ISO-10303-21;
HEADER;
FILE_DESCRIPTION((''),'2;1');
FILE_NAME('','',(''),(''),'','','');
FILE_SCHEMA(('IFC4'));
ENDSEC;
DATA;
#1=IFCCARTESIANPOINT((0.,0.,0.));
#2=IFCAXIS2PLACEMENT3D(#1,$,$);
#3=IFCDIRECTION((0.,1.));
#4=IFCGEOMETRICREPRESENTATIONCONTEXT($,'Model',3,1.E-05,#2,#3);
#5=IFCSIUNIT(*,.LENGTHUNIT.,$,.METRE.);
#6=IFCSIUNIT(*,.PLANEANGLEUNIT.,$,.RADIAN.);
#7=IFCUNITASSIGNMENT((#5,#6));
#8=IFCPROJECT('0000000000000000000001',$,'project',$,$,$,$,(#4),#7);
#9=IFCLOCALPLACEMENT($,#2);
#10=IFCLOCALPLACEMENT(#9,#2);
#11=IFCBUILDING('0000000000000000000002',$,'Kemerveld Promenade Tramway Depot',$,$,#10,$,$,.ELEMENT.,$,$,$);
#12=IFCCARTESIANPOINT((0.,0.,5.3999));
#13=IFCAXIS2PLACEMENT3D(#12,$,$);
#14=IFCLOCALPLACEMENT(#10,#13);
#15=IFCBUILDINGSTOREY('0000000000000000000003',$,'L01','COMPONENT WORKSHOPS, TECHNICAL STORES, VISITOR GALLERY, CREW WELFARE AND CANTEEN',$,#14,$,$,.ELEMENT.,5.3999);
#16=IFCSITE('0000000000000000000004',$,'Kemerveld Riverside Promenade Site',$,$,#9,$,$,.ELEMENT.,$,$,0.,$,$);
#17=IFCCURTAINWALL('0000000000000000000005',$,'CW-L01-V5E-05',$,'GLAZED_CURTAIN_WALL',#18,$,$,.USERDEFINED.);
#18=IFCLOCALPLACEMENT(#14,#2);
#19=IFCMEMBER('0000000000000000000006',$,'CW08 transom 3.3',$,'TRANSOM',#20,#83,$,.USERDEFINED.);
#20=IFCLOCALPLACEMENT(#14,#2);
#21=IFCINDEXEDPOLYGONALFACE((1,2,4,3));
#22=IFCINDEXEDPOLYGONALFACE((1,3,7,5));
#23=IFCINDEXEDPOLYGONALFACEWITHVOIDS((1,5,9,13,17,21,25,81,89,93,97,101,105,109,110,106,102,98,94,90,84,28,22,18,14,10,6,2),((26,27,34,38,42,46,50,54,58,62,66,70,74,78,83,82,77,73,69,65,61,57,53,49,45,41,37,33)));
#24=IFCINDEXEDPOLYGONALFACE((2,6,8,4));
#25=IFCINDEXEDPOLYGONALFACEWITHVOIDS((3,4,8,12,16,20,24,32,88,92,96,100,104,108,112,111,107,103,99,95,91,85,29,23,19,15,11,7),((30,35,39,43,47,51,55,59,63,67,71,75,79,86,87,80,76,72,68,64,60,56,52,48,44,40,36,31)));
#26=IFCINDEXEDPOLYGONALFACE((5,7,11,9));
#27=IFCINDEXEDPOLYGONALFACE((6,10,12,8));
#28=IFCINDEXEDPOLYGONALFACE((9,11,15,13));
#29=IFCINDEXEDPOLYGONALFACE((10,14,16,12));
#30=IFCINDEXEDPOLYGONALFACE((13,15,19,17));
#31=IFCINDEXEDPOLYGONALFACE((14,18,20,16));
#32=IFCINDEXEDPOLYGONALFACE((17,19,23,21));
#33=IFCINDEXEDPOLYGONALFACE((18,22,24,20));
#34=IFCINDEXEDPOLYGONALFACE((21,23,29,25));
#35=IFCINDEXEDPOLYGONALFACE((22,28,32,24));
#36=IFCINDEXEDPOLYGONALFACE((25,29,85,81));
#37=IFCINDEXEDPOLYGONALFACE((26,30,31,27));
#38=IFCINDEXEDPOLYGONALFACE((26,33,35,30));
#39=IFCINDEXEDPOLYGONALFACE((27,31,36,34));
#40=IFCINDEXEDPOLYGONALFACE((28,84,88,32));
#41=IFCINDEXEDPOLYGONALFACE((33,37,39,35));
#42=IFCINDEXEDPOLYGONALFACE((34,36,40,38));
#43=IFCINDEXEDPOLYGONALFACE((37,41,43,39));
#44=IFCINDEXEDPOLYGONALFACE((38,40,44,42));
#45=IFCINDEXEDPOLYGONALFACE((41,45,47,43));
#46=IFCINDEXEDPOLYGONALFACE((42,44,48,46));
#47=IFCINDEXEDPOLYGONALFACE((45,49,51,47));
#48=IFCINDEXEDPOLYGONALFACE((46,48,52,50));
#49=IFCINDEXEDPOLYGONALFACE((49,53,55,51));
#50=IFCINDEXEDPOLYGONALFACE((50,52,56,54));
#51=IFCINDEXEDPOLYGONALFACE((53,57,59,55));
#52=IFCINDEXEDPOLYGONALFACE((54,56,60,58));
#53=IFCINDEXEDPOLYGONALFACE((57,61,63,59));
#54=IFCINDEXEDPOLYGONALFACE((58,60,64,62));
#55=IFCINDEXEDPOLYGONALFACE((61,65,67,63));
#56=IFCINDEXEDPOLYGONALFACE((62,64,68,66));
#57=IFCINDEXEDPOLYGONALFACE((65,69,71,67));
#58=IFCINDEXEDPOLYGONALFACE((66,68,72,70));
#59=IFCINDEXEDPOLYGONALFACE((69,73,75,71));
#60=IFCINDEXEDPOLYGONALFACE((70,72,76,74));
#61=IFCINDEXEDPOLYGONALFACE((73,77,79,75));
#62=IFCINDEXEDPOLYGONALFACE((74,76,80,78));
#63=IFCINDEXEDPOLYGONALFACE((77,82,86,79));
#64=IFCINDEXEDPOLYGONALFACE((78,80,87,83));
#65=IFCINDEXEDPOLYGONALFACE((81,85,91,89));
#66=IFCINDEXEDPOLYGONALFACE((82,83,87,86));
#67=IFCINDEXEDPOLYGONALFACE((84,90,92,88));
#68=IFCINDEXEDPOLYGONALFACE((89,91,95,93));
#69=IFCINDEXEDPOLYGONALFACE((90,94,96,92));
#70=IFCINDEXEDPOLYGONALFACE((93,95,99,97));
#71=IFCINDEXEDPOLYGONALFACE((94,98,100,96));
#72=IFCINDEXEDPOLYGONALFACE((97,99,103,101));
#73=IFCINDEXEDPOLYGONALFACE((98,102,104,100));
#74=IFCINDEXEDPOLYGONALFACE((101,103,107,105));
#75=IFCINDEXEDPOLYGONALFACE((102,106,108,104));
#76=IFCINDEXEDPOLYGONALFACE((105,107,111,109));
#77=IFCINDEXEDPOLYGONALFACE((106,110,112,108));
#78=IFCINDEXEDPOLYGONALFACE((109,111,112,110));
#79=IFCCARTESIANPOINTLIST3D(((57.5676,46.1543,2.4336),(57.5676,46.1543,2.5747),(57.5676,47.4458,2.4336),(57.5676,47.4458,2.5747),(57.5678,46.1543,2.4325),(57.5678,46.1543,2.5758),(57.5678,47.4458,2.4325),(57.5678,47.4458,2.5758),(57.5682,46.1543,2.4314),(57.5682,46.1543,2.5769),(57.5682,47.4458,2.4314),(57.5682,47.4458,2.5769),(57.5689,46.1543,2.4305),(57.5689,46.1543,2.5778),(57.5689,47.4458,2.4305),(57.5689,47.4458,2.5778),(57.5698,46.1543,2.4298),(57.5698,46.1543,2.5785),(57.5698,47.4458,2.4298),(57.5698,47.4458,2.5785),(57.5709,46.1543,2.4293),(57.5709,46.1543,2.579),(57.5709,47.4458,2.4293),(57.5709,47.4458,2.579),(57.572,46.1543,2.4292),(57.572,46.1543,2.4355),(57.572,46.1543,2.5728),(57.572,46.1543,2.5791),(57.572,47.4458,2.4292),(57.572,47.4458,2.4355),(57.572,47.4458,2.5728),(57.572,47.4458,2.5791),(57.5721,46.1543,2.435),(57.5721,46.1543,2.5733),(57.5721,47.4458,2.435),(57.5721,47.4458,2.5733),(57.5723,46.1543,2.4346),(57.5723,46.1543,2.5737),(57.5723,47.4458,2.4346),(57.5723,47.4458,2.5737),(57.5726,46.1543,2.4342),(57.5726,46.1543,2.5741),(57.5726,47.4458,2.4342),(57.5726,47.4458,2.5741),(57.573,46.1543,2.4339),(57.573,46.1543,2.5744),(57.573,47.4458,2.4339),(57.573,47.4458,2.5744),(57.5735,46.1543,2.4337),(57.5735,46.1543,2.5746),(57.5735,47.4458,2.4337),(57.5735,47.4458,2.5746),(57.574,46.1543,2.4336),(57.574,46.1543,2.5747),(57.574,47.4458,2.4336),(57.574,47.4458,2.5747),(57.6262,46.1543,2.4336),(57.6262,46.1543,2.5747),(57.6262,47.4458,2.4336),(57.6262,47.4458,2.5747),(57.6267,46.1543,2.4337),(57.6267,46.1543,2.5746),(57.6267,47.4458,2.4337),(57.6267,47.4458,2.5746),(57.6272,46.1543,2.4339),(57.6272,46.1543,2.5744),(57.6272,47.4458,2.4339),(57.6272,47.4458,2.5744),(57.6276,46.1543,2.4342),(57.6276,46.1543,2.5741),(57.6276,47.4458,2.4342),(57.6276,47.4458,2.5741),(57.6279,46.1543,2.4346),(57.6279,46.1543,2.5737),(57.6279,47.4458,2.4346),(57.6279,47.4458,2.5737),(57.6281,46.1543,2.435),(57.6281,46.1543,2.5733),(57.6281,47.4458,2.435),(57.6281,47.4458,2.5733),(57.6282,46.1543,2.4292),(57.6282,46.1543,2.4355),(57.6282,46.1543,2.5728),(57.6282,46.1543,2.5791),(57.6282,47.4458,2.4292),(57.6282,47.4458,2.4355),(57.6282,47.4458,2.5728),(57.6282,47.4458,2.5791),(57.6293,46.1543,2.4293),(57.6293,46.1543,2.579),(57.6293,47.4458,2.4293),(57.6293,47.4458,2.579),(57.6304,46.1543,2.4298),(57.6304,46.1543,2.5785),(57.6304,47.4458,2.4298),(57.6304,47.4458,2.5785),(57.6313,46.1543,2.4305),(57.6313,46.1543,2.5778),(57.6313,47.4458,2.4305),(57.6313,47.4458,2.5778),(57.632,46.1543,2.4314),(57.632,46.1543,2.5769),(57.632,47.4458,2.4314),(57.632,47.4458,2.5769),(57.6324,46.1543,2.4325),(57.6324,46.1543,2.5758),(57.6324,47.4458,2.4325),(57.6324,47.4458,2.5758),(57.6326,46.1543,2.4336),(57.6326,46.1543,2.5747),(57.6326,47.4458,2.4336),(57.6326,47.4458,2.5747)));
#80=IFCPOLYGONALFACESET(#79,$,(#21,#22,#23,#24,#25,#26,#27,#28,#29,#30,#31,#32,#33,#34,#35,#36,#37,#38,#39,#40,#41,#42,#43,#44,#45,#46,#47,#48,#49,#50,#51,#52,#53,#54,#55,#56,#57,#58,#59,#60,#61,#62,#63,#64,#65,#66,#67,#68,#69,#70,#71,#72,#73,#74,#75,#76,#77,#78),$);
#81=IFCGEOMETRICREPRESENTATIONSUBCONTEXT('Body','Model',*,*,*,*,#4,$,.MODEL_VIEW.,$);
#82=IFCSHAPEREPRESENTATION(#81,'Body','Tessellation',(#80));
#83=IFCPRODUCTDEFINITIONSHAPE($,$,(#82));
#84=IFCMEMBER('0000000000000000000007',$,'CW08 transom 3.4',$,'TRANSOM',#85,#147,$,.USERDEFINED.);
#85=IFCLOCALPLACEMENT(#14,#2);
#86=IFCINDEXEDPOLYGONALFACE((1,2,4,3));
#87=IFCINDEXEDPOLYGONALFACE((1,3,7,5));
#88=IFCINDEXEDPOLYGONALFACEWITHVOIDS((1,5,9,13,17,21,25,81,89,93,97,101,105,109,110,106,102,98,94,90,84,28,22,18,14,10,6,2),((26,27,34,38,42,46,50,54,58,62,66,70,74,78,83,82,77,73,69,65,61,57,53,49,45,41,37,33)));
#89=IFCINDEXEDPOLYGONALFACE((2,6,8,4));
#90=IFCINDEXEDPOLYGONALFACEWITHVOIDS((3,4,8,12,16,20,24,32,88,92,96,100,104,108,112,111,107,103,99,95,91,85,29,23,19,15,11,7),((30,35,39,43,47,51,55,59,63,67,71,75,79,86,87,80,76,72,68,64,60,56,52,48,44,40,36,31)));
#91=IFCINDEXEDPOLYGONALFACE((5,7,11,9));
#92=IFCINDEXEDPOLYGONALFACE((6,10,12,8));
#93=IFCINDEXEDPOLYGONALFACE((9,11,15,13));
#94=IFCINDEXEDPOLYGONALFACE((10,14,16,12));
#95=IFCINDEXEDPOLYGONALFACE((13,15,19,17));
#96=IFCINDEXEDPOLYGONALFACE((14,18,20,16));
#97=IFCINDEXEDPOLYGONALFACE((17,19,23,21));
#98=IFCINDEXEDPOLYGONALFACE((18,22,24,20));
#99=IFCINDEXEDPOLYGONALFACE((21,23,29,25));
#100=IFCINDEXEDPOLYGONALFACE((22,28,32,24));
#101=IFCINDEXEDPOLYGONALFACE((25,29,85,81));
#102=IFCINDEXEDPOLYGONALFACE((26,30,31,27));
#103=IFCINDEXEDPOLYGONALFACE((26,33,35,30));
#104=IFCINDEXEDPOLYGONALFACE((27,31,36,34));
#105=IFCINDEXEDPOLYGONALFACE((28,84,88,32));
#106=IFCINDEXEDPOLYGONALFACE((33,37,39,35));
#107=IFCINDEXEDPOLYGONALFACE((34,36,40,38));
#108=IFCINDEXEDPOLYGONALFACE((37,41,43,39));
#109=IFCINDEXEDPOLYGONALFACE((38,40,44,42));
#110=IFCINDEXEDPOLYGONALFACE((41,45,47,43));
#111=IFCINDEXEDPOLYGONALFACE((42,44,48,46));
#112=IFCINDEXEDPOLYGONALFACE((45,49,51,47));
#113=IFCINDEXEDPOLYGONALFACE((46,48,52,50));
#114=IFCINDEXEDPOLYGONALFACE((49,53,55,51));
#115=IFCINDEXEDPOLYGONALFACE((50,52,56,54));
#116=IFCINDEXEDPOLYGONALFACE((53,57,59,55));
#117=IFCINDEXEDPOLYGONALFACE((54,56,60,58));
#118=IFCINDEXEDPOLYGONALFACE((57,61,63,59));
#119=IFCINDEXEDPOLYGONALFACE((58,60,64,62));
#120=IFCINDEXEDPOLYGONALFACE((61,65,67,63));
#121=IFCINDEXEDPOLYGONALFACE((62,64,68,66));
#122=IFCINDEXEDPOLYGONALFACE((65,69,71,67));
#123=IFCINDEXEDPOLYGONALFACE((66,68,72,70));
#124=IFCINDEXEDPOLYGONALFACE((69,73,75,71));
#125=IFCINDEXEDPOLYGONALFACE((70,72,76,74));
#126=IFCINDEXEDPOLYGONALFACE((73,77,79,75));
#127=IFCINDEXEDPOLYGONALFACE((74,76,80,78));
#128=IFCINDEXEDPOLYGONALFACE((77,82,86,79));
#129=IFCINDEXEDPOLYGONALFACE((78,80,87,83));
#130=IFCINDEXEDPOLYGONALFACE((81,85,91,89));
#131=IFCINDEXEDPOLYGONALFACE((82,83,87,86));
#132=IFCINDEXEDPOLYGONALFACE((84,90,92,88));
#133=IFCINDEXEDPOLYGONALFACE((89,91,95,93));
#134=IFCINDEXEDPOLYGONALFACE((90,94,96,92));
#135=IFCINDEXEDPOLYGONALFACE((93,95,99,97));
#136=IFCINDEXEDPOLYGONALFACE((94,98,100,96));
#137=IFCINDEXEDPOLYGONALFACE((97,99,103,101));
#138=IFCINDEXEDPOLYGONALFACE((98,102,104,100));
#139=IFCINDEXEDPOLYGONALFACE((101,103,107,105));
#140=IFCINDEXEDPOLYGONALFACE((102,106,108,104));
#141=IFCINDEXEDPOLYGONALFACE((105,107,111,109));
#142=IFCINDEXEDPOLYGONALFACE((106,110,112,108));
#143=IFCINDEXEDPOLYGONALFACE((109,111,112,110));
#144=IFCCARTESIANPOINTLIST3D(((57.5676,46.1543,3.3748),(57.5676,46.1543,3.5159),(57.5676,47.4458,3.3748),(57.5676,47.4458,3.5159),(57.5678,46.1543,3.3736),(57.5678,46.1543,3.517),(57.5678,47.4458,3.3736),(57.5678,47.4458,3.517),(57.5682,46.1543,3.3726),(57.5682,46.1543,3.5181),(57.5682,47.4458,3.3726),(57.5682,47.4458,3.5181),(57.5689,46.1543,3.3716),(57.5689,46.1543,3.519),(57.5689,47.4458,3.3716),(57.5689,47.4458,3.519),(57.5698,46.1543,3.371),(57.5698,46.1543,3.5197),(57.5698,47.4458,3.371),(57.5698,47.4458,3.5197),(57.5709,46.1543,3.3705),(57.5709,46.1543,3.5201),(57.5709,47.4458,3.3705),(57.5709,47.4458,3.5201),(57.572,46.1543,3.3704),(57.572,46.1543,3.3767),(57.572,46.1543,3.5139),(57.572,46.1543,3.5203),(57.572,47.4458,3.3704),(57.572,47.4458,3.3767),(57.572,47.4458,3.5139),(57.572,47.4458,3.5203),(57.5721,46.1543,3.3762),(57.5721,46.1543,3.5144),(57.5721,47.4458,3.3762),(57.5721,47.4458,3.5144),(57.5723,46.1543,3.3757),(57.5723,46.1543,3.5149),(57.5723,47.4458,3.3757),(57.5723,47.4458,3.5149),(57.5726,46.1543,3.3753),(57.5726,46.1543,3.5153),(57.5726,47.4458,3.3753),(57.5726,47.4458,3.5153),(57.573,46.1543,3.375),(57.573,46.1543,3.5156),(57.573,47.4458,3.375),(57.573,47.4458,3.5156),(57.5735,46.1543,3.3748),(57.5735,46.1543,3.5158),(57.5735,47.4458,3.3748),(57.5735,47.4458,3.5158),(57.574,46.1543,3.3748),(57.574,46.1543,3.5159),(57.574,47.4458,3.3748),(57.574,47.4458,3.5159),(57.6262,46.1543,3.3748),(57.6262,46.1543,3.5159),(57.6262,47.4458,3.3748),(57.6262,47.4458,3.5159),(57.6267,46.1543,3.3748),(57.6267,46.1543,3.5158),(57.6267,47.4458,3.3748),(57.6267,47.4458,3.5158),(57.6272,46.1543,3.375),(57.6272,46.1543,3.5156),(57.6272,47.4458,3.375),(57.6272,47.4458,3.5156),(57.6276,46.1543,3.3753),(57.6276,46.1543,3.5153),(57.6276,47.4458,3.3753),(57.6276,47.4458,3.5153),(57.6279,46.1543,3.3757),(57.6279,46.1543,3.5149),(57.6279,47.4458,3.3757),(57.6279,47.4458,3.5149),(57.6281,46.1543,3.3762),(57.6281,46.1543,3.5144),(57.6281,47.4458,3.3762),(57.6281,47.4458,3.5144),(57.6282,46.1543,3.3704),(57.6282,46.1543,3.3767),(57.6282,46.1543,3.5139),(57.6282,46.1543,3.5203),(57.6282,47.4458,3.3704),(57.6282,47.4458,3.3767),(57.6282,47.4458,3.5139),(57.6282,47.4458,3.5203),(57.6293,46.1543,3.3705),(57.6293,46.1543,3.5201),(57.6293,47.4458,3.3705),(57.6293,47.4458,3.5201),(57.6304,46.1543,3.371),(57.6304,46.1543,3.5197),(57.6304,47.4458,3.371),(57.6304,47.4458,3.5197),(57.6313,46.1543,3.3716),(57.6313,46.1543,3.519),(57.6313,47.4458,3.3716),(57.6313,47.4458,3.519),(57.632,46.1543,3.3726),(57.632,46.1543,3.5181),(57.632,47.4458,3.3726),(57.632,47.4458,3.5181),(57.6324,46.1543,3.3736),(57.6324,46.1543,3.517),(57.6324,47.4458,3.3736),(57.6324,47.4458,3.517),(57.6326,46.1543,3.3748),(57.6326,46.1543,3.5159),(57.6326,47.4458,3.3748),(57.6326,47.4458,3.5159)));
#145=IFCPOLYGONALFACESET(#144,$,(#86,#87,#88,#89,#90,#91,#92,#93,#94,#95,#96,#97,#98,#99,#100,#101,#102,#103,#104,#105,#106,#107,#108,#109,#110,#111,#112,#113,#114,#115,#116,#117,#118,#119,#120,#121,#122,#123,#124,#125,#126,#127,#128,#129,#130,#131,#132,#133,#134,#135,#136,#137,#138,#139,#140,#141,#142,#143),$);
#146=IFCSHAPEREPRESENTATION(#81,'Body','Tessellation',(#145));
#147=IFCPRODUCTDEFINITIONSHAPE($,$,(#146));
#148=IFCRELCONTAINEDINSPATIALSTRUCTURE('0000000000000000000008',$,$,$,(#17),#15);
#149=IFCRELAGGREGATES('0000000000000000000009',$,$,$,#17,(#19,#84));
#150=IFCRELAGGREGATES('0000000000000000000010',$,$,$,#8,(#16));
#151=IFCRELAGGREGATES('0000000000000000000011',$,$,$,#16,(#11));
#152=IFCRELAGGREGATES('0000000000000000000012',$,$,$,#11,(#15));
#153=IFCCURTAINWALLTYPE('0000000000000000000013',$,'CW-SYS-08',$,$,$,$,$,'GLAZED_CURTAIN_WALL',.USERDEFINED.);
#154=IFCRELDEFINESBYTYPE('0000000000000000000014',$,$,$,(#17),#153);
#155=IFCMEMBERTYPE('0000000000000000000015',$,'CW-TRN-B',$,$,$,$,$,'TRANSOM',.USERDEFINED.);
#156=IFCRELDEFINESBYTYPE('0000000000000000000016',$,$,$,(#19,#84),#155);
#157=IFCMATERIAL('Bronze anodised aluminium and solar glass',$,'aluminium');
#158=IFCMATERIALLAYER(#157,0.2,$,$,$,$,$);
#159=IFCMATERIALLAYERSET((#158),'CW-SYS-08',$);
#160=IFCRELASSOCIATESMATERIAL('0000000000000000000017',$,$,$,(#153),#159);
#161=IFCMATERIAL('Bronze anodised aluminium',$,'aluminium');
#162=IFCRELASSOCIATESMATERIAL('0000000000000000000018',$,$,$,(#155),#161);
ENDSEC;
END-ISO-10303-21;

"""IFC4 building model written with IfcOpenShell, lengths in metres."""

from ifc_helpers import new_model, si_unit, direction, frame, origin, origin_2d, place, context, subcontext, project, spatial, hollow_rectangle, extrude, material, layer, layer_set, material_profile, profile_set, type_object, element, aggregate, save


model = new_model("IFC4")

# Units and contexts
model_context = context("Model", 3, precision=1e-05, world=origin(), true_north=direction((0.0, 1.0)))
body_context = subcontext(model_context, "Body", "Model", "MODEL_VIEW")
ifc_project = project(units=[si_unit("LENGTHUNIT", "METRE"), si_unit("PLANEANGLEUNIT", "RADIAN")], contexts=[model_context])

# Site, building, storey
site_placement = place(None, origin())
site = spatial("IfcSite", under=ifc_project, at=site_placement, Name="Kemerveld Riverside Promenade Site", CompositionType="ELEMENT", RefElevation=0.0)
building_placement = place(site_placement, origin())
building = spatial("IfcBuilding", under=site, at=building_placement, Name="Kemerveld Promenade Tramway Depot", CompositionType="ELEMENT")
storey_placement = place(building_placement, frame((0.0, 0.0, 5.3999)))
storey = spatial("IfcBuildingStorey", under=building, at=storey_placement, Name="L01", Description="COMPONENT WORKSHOPS, TECHNICAL STORES, VISITOR GALLERY, CREW WELFARE AND CANTEEN", CompositionType="ELEMENT", Elevation=5.3999)

# Curtain wall, members
ifc_material_1 = material(Name="Bronze anodised aluminium and solar glass", Category="aluminium")
ifc_layer_1 = layer(ifc_material_1, 0.2)
ifc_layer_set_1 = layer_set([ifc_layer_1], Name="CW-SYS-08")
curtain_wall_type = type_object("IfcCurtainWallType", Name="CW-SYS-08", ElementType="GLAZED_CURTAIN_WALL", PredefinedType="USERDEFINED", material=ifc_layer_set_1)
curtain_wall_placement = place(storey_placement, origin())
curtain_wall = element("IfcCurtainWall", 1, at=curtain_wall_placement, inside=storey, type_object=curtain_wall_type, Name="CW-L01-V5E-05", ObjectType="GLAZED_CURTAIN_WALL", PredefinedType="USERDEFINED")
ifc_material_2 = material(Name="Bronze anodised aluminium", Category="aluminium")
ifc_material_profile_1 = material_profile(ifc_material_2, hollow_rectangle(XDim=0.0649, YDim=0.1499, WallThickness=0.0044, InnerFilletRadius=0.002, OuterFilletRadius=0.0044, at=origin_2d()), Name="CW-TRN-150x65")
ifc_profile_set_1 = profile_set([ifc_material_profile_1], Name="Bronze anodised aluminium")
member_type_1 = type_object("IfcMemberType", Name="CW-TRN-B", ElementType="TRANSOM", PredefinedType="USERDEFINED", material=ifc_profile_set_1)
member_1_placement = place(storey_placement, frame((57.6001, 47.4458, 2.5042), z_axis=(0.0, -1.0, 0.0), x_axis=(1.0, 0.0, 0.0)))
member_1 = element("IfcMember", 2, at=member_1_placement, type_object=member_type_1, Name="CW08 transom 3.3", ObjectType="TRANSOM", PredefinedType="USERDEFINED", context=body_context, shape_type="SweptSolid", body=[
    extrude(hollow_rectangle(XDim=0.0649, YDim=0.1499, WallThickness=0.0044, InnerFilletRadius=0.002, OuterFilletRadius=0.0044, at=origin_2d()), origin(), (0.0, 0.0, 1.0), 1.2915),
])
member_2_placement = place(storey_placement, frame((57.6001, 47.4458, 3.4453), z_axis=(0.0, -1.0, 0.0), x_axis=(1.0, 0.0, 0.0)))
member_2 = element("IfcMember", 3, at=member_2_placement, type_object=member_type_1, Name="CW08 transom 3.4", ObjectType="TRANSOM", PredefinedType="USERDEFINED", context=body_context, shape_type="SweptSolid", body=[
    extrude(hollow_rectangle(XDim=0.0649, YDim=0.1499, WallThickness=0.0044, InnerFilletRadius=0.002, OuterFilletRadius=0.0044, at=origin_2d()), origin(), (0.0, 0.0, 1.0), 1.2915),
])
aggregate(curtain_wall, [member_1, member_2])

save(model, "model.ifc")
